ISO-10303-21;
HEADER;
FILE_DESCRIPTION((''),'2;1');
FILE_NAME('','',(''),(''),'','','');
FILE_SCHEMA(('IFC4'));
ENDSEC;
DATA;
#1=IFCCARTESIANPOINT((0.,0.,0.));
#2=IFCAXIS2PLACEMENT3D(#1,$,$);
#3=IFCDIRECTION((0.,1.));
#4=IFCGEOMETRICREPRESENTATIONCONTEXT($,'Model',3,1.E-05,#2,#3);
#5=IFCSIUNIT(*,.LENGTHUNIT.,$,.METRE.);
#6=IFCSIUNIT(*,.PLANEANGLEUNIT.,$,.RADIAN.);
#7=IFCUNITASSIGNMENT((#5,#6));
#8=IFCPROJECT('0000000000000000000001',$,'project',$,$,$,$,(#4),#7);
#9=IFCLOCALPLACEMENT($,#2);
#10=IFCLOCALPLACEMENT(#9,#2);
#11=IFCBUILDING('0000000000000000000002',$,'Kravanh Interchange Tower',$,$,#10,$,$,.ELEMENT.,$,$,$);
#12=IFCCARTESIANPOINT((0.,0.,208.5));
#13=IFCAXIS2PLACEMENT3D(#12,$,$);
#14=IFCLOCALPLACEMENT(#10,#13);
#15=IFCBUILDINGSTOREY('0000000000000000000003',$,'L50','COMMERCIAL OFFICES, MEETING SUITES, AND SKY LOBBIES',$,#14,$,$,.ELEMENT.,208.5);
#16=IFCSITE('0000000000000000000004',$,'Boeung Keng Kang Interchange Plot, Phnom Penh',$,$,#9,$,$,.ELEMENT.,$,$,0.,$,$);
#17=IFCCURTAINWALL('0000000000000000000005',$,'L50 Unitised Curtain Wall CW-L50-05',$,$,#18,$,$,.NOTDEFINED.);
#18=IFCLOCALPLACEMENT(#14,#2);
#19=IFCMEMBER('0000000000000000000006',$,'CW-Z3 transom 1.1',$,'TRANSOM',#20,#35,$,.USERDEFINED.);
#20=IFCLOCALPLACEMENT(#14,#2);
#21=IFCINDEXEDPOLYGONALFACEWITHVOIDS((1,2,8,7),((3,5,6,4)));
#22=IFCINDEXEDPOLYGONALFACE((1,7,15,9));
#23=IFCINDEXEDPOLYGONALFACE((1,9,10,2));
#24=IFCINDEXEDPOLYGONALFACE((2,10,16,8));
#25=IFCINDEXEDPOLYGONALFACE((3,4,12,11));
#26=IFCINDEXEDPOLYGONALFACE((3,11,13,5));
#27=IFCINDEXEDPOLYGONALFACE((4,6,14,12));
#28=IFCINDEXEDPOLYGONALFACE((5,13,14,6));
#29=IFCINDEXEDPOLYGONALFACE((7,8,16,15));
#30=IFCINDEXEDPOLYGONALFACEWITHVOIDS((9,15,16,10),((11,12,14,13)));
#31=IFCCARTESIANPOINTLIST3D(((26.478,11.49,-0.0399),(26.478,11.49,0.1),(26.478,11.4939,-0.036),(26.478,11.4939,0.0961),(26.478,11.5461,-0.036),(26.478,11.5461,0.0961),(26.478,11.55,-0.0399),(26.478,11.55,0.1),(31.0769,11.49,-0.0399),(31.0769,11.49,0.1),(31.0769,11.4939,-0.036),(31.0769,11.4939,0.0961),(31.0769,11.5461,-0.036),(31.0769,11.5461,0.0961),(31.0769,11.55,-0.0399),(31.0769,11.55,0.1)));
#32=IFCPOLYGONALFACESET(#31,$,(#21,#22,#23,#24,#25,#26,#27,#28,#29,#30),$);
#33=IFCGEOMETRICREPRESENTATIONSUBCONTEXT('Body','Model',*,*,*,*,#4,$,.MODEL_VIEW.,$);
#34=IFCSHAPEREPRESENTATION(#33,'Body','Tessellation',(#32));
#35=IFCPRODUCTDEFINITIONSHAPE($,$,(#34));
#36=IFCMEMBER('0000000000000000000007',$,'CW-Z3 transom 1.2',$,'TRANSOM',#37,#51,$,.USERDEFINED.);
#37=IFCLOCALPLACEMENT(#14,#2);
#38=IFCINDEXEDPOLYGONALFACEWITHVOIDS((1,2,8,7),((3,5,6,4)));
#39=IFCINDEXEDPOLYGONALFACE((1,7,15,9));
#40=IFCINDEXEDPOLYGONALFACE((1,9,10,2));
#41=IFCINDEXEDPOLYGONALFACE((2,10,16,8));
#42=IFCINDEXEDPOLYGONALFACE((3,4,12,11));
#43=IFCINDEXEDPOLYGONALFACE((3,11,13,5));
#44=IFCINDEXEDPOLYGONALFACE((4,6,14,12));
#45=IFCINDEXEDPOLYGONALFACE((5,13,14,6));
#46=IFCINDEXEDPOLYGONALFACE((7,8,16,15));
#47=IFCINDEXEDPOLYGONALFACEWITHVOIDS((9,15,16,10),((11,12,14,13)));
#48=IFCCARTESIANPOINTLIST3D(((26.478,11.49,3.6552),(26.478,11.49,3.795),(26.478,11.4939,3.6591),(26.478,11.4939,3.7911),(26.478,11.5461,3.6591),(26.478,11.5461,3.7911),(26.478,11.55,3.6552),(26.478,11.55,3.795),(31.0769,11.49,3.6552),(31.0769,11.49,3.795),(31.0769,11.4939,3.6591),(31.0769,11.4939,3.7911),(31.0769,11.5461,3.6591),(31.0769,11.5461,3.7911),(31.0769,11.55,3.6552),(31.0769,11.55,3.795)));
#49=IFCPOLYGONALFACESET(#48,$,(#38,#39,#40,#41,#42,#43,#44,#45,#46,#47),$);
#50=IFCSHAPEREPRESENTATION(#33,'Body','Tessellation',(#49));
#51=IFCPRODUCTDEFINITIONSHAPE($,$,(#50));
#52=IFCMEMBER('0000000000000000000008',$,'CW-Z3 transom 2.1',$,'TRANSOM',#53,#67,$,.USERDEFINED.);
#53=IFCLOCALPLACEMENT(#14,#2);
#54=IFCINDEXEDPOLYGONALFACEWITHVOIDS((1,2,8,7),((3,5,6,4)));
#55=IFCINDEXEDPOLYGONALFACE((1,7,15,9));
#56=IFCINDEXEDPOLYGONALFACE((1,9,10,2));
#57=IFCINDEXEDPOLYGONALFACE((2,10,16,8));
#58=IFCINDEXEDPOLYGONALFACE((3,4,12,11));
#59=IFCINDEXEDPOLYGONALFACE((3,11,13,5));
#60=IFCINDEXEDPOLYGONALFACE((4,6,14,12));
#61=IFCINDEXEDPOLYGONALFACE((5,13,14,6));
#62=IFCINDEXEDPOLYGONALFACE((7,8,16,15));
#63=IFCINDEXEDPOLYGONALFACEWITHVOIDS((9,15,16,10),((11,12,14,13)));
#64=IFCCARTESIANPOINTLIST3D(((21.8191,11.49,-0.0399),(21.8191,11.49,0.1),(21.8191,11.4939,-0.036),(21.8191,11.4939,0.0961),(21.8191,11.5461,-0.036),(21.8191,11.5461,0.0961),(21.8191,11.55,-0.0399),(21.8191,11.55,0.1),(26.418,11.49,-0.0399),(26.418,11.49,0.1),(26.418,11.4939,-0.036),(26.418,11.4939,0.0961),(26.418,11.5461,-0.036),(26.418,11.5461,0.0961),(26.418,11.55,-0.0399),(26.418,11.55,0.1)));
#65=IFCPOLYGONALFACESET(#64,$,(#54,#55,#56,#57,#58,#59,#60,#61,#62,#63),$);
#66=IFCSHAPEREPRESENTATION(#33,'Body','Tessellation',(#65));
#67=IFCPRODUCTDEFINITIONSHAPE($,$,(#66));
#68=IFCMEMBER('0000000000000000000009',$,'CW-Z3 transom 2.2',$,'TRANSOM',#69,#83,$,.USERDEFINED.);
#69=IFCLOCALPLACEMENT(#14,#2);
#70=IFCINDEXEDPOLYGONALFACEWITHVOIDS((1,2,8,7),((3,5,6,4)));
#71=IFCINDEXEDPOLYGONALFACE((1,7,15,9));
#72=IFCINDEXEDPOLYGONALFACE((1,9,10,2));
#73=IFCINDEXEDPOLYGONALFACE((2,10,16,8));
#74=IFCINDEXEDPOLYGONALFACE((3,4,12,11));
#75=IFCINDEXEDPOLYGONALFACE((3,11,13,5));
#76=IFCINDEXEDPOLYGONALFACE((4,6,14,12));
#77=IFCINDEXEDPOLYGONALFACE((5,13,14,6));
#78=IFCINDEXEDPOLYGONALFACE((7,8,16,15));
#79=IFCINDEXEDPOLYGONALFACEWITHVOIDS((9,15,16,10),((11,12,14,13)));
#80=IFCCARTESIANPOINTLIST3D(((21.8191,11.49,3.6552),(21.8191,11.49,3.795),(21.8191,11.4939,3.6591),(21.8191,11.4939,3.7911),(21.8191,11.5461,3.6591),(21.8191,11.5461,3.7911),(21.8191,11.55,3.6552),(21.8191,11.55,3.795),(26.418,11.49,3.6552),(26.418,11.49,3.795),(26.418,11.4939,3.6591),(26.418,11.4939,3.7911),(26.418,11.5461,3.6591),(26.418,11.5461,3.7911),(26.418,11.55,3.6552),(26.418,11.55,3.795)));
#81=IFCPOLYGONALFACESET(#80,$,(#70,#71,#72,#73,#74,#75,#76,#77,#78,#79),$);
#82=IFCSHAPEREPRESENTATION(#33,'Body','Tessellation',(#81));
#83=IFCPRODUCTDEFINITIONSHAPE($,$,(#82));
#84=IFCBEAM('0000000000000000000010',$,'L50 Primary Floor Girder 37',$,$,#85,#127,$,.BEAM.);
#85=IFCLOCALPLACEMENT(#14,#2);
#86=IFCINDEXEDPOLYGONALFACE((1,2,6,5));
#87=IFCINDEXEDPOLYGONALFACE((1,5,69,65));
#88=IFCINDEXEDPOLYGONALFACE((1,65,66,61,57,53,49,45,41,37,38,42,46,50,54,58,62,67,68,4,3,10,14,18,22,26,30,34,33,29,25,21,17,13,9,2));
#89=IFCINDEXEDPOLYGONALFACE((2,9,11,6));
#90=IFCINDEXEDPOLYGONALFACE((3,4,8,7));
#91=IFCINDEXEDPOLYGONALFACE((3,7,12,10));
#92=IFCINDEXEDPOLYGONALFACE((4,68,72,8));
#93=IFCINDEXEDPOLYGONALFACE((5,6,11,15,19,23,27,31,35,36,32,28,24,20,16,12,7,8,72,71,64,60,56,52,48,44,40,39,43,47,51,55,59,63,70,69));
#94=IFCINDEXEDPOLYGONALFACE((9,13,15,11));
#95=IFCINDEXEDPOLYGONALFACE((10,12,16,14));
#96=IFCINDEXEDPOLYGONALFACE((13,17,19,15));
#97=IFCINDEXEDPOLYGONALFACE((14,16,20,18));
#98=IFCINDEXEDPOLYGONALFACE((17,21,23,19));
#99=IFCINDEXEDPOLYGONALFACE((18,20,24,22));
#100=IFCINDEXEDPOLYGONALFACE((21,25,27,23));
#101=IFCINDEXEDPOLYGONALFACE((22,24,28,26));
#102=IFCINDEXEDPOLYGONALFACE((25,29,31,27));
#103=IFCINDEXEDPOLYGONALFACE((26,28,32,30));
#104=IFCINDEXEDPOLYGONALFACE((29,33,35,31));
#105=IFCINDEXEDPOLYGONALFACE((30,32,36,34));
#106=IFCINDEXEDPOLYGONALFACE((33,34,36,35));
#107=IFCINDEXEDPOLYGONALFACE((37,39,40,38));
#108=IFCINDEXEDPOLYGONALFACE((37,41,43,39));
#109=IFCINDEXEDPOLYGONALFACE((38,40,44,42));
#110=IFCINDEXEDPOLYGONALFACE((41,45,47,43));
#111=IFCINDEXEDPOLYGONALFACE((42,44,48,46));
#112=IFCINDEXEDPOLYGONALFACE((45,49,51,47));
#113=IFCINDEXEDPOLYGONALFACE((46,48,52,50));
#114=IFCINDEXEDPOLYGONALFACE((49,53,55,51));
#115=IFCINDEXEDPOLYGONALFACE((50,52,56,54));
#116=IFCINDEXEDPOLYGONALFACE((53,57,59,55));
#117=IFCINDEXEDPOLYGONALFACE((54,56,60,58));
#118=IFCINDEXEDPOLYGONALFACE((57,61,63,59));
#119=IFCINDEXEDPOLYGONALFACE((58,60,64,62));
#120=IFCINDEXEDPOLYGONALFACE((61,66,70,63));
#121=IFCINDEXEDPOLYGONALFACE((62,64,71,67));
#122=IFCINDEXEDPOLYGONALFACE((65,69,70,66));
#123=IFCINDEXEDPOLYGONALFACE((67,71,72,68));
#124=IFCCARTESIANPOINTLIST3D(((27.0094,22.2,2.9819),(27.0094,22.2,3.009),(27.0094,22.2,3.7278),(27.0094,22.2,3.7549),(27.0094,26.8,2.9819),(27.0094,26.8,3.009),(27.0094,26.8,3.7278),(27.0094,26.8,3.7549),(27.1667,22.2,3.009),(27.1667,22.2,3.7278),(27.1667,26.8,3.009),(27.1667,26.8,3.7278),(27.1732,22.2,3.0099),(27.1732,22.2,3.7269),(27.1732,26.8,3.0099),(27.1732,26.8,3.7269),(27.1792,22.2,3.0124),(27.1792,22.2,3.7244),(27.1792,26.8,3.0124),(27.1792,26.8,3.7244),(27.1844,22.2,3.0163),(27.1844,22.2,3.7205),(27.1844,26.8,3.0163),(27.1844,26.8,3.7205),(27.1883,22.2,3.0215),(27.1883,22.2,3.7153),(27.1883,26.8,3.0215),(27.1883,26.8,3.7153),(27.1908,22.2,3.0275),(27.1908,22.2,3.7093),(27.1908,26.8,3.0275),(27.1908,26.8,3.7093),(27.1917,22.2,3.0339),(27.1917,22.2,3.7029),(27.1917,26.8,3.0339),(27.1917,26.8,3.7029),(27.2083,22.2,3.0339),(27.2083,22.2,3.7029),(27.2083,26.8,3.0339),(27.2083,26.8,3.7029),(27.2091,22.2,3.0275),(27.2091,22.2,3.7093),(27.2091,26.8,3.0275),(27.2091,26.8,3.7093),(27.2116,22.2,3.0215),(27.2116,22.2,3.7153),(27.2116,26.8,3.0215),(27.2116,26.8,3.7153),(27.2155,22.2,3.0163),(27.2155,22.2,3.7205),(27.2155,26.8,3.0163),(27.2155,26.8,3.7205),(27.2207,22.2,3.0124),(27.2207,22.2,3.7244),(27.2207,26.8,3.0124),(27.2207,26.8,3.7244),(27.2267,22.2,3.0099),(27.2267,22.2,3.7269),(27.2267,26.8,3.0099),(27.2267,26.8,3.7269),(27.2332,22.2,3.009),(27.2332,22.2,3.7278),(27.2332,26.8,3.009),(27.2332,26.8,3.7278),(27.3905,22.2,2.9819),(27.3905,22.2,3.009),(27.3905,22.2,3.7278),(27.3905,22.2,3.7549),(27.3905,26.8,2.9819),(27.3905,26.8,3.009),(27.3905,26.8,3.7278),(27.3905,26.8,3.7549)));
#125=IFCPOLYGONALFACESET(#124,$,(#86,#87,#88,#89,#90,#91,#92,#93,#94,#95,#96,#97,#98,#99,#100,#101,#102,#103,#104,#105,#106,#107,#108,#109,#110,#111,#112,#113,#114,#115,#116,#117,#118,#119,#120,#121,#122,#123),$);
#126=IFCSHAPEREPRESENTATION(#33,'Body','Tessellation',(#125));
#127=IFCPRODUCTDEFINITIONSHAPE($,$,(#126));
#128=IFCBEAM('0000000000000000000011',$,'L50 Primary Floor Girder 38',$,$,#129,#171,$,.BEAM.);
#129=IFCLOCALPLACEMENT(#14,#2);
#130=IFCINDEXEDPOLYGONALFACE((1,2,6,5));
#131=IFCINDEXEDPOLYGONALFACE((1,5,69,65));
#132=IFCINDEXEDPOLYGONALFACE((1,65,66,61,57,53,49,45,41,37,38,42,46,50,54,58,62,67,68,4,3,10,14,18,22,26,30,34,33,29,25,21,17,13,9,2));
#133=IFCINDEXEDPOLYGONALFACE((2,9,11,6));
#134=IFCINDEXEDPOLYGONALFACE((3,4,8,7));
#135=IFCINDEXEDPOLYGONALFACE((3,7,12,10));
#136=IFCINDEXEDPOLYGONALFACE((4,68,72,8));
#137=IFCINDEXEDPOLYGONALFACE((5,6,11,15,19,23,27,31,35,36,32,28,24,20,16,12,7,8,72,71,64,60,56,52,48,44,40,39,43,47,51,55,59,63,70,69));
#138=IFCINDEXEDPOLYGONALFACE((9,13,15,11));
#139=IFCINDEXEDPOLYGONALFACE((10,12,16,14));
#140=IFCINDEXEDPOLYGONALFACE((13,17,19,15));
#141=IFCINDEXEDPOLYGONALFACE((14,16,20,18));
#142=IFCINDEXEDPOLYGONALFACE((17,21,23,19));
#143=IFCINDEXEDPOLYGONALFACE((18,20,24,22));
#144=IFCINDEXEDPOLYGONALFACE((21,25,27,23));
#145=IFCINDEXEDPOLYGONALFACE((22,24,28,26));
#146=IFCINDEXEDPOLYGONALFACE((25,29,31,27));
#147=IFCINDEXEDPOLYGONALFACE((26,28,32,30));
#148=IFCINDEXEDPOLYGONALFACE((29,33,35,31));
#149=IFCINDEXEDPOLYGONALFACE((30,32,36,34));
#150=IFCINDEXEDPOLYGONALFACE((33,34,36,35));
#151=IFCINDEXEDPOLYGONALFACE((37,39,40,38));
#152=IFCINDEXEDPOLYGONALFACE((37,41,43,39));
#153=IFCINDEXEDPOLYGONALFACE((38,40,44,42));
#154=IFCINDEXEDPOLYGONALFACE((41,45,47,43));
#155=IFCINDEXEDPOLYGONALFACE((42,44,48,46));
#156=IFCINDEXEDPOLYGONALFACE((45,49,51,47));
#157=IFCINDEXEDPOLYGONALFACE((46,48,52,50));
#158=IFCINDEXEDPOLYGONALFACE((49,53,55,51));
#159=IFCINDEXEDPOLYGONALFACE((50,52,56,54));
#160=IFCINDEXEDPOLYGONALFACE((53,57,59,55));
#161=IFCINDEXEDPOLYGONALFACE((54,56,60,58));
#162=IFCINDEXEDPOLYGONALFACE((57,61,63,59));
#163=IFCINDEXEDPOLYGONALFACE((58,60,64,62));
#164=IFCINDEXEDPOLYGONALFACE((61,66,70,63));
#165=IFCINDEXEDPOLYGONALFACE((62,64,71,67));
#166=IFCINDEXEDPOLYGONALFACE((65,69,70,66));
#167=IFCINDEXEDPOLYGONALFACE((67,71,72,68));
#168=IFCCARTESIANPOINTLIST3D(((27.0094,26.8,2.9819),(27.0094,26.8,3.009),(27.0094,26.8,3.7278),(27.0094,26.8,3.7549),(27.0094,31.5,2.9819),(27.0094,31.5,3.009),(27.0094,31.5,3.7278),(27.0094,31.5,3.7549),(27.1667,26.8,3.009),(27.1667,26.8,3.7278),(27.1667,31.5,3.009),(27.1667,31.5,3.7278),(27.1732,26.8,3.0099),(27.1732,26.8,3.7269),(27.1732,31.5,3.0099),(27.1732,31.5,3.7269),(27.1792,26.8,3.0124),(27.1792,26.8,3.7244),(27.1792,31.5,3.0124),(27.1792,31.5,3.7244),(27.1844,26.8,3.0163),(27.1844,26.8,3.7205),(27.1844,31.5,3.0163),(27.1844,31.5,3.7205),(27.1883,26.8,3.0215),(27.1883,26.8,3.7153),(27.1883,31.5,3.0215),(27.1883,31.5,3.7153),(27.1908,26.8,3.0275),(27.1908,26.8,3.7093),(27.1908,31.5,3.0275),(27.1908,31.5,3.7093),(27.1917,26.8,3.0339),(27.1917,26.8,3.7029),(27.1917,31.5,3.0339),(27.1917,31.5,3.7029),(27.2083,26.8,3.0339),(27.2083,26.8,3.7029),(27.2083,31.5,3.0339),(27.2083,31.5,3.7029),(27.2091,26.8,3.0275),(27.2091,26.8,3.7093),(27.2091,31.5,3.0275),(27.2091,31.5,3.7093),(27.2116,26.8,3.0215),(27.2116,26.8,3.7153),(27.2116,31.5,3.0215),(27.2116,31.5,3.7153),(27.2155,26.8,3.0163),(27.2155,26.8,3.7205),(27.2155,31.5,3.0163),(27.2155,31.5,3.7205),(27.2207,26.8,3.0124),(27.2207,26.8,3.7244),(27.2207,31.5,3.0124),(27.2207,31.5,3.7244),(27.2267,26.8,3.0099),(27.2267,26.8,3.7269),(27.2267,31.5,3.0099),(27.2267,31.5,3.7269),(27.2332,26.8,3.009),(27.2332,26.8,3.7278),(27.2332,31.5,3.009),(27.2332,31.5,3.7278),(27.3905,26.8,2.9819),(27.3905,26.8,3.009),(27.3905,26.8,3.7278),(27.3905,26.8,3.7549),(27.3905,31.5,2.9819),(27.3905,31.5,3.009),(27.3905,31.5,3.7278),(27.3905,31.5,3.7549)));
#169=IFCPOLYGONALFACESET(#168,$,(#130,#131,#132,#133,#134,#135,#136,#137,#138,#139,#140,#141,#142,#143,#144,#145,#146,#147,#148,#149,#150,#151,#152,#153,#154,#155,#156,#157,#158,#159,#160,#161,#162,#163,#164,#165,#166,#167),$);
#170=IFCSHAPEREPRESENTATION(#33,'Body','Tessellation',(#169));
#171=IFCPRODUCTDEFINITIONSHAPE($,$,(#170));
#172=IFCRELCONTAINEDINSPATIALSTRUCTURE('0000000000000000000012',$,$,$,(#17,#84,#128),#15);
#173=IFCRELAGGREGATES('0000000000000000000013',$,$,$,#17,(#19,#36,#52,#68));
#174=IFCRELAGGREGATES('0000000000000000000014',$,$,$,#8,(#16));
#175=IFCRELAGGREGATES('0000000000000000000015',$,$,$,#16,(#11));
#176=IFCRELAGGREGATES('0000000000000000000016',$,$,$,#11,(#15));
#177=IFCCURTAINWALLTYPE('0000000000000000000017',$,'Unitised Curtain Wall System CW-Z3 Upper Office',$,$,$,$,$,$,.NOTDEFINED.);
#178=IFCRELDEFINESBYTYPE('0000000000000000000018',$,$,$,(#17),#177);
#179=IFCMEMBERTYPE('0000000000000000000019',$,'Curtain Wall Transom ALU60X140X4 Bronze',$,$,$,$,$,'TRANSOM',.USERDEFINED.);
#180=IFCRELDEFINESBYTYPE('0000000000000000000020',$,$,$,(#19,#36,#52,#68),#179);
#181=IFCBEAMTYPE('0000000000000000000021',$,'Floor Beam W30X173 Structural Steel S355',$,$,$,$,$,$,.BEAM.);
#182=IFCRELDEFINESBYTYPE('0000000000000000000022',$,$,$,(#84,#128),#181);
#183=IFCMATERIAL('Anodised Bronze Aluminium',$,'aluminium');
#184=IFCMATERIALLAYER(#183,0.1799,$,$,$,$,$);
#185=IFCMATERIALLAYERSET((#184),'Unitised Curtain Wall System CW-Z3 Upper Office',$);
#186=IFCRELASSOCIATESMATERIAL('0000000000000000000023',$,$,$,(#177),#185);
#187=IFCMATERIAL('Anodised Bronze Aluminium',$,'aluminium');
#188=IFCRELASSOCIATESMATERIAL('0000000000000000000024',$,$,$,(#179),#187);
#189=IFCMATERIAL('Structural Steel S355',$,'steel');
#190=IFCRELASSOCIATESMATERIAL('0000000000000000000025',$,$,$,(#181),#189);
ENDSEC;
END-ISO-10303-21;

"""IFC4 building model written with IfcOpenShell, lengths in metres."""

from ifc_helpers import new_model, si_unit, direction, frame, origin, origin_2d, place, context, subcontext, project, spatial, hollow_rectangle, i_section, extrude, material, layer, layer_set, material_profile, profile_set, type_object, element, aggregate, save


model = new_model("IFC4")

# Units and contexts
model_context = context("Model", 3, precision=1e-05, world=origin(), true_north=direction((0.0, 1.0)))
body_context = subcontext(model_context, "Body", "Model", "MODEL_VIEW")
ifc_project = project(units=[si_unit("LENGTHUNIT", "METRE"), si_unit("PLANEANGLEUNIT", "RADIAN")], contexts=[model_context])

# Site, building, storey
site_placement = place(None, origin())
site = spatial("IfcSite", under=ifc_project, at=site_placement, Name="Boeung Keng Kang Interchange Plot, Phnom Penh", CompositionType="ELEMENT", RefElevation=0.0)
building_placement = place(site_placement, origin())
building = spatial("IfcBuilding", under=site, at=building_placement, Name="Kravanh Interchange Tower", CompositionType="ELEMENT")
storey_placement = place(building_placement, frame((0.0, 0.0, 208.5)))
storey = spatial("IfcBuildingStorey", under=building, at=storey_placement, Name="L50", Description="COMMERCIAL OFFICES, MEETING SUITES, AND SKY LOBBIES", CompositionType="ELEMENT", Elevation=208.5)

# Curtain wall
ifc_material_1 = material(Name="Anodised Bronze Aluminium", Category="aluminium")
ifc_layer_1 = layer(ifc_material_1, 0.1799)
ifc_layer_set_1 = layer_set([ifc_layer_1], Name="Unitised Curtain Wall System CW-Z3 Upper Office")
curtain_wall_type = type_object("IfcCurtainWallType", Name="Unitised Curtain Wall System CW-Z3 Upper Office", PredefinedType="NOTDEFINED", material=ifc_layer_set_1)
curtain_wall_1_placement = place(storey_placement, origin())
curtain_wall_1 = element("IfcCurtainWall", 1, at=curtain_wall_1_placement, inside=storey, type_object=curtain_wall_type, Name="L50 Unitised Curtain Wall CW-L50-05", PredefinedType="NOTDEFINED")

# Members
ifc_material_2 = material(Name="Anodised Bronze Aluminium", Category="aluminium")
ifc_material_profile_1 = material_profile(ifc_material_2, hollow_rectangle(XDim=0.0601, YDim=0.1399, WallThickness=0.0039, at=origin_2d()), Name="ALU60X140X4")
ifc_profile_set_1 = profile_set([ifc_material_profile_1], Name="Anodised Bronze Aluminium")
member_type_1 = type_object("IfcMemberType", Name="Curtain Wall Transom ALU60X140X4 Bronze", ElementType="TRANSOM", PredefinedType="USERDEFINED", material=ifc_profile_set_1)
member_1_placement = place(storey_placement, frame((31.0769, 11.52, 0.03), z_axis=(-1.0, 0.0, 0.0), x_axis=(0.0, -1.0, 0.0)))
member_1 = element("IfcMember", 2, at=member_1_placement, type_object=member_type_1, Name="CW-Z3 transom 1.1", ObjectType="TRANSOM", PredefinedType="USERDEFINED", context=body_context, shape_type="SweptSolid", body=[
    extrude(hollow_rectangle(XDim=0.0601, YDim=0.1399, WallThickness=0.0039, at=origin_2d()), origin(), (0.0, 0.0, 1.0), 4.5989),
])
member_2_placement = place(storey_placement, frame((31.0769, 11.52, 3.7251), z_axis=(-1.0, 0.0, 0.0), x_axis=(0.0, -1.0, 0.0)))
member_2 = element("IfcMember", 3, at=member_2_placement, type_object=member_type_1, Name="CW-Z3 transom 1.2", ObjectType="TRANSOM", PredefinedType="USERDEFINED", context=body_context, shape_type="SweptSolid", body=[
    extrude(hollow_rectangle(XDim=0.0601, YDim=0.1399, WallThickness=0.0039, at=origin_2d()), origin(), (0.0, 0.0, 1.0), 4.5989),
])
member_3_placement = place(storey_placement, frame((26.418, 11.52, 0.03), z_axis=(-1.0, 0.0, 0.0), x_axis=(0.0, -1.0, 0.0)))
member_3 = element("IfcMember", 4, at=member_3_placement, type_object=member_type_1, Name="CW-Z3 transom 2.1", ObjectType="TRANSOM", PredefinedType="USERDEFINED", context=body_context, shape_type="SweptSolid", body=[
    extrude(hollow_rectangle(XDim=0.0601, YDim=0.1399, WallThickness=0.0039, at=origin_2d()), origin(), (0.0, 0.0, 1.0), 4.5989),
])
member_4_placement = place(storey_placement, frame((26.418, 11.52, 3.7251), z_axis=(-1.0, 0.0, 0.0), x_axis=(0.0, -1.0, 0.0)))
member_4 = element("IfcMember", 5, at=member_4_placement, type_object=member_type_1, Name="CW-Z3 transom 2.2", ObjectType="TRANSOM", PredefinedType="USERDEFINED", context=body_context, shape_type="SweptSolid", body=[
    extrude(hollow_rectangle(XDim=0.0601, YDim=0.1399, WallThickness=0.0039, at=origin_2d()), origin(), (0.0, 0.0, 1.0), 4.5989),
])

# Beams
ifc_material_3 = material(Name="Structural Steel S355", Category="steel")
ifc_material_profile_2 = material_profile(ifc_material_3, i_section(OverallWidth=0.3811, OverallDepth=0.7729, WebThickness=0.0166, FlangeThickness=0.0271, FilletRadius=0.0249, at=origin_2d()), Name="W30X173")
ifc_profile_set_2 = profile_set([ifc_material_profile_2], Name="Structural Steel S355")
beam_type_1 = type_object("IfcBeamType", Name="Floor Beam W30X173 Structural Steel S355", PredefinedType="BEAM", material=ifc_profile_set_2)
beam_1_placement = place(storey_placement, frame((27.2, 26.8, 3.3684), z_axis=(0.0, -1.0, 0.0), x_axis=(1.0, 0.0, 0.0)))
element("IfcBeam", 6, at=beam_1_placement, inside=storey, type_object=beam_type_1, Name="L50 Primary Floor Girder 37", PredefinedType="BEAM", context=body_context, shape_type="SweptSolid", body=[
    extrude(i_section(OverallWidth=0.3811, OverallDepth=0.7729, WebThickness=0.0166, FlangeThickness=0.0271, FilletRadius=0.0249, at=origin_2d()), origin(), (0.0, 0.0, 1.0), 4.6001),
])
beam_2_placement = place(storey_placement, frame((27.2, 26.8, 3.3684), z_axis=(0.0, 1.0, 0.0), x_axis=(-1.0, 0.0, 0.0)))
element("IfcBeam", 7, at=beam_2_placement, inside=storey, type_object=beam_type_1, Name="L50 Primary Floor Girder 38", PredefinedType="BEAM", context=body_context, shape_type="SweptSolid", body=[
    extrude(i_section(OverallWidth=0.3811, OverallDepth=0.7729, WebThickness=0.0166, FlangeThickness=0.0271, FilletRadius=0.0249, at=origin_2d()), origin(), (0.0, 0.0, 1.0), 4.7),
])

aggregate(curtain_wall_1, [member_1, member_2, member_3, member_4])

save(model, "model.ifc")
